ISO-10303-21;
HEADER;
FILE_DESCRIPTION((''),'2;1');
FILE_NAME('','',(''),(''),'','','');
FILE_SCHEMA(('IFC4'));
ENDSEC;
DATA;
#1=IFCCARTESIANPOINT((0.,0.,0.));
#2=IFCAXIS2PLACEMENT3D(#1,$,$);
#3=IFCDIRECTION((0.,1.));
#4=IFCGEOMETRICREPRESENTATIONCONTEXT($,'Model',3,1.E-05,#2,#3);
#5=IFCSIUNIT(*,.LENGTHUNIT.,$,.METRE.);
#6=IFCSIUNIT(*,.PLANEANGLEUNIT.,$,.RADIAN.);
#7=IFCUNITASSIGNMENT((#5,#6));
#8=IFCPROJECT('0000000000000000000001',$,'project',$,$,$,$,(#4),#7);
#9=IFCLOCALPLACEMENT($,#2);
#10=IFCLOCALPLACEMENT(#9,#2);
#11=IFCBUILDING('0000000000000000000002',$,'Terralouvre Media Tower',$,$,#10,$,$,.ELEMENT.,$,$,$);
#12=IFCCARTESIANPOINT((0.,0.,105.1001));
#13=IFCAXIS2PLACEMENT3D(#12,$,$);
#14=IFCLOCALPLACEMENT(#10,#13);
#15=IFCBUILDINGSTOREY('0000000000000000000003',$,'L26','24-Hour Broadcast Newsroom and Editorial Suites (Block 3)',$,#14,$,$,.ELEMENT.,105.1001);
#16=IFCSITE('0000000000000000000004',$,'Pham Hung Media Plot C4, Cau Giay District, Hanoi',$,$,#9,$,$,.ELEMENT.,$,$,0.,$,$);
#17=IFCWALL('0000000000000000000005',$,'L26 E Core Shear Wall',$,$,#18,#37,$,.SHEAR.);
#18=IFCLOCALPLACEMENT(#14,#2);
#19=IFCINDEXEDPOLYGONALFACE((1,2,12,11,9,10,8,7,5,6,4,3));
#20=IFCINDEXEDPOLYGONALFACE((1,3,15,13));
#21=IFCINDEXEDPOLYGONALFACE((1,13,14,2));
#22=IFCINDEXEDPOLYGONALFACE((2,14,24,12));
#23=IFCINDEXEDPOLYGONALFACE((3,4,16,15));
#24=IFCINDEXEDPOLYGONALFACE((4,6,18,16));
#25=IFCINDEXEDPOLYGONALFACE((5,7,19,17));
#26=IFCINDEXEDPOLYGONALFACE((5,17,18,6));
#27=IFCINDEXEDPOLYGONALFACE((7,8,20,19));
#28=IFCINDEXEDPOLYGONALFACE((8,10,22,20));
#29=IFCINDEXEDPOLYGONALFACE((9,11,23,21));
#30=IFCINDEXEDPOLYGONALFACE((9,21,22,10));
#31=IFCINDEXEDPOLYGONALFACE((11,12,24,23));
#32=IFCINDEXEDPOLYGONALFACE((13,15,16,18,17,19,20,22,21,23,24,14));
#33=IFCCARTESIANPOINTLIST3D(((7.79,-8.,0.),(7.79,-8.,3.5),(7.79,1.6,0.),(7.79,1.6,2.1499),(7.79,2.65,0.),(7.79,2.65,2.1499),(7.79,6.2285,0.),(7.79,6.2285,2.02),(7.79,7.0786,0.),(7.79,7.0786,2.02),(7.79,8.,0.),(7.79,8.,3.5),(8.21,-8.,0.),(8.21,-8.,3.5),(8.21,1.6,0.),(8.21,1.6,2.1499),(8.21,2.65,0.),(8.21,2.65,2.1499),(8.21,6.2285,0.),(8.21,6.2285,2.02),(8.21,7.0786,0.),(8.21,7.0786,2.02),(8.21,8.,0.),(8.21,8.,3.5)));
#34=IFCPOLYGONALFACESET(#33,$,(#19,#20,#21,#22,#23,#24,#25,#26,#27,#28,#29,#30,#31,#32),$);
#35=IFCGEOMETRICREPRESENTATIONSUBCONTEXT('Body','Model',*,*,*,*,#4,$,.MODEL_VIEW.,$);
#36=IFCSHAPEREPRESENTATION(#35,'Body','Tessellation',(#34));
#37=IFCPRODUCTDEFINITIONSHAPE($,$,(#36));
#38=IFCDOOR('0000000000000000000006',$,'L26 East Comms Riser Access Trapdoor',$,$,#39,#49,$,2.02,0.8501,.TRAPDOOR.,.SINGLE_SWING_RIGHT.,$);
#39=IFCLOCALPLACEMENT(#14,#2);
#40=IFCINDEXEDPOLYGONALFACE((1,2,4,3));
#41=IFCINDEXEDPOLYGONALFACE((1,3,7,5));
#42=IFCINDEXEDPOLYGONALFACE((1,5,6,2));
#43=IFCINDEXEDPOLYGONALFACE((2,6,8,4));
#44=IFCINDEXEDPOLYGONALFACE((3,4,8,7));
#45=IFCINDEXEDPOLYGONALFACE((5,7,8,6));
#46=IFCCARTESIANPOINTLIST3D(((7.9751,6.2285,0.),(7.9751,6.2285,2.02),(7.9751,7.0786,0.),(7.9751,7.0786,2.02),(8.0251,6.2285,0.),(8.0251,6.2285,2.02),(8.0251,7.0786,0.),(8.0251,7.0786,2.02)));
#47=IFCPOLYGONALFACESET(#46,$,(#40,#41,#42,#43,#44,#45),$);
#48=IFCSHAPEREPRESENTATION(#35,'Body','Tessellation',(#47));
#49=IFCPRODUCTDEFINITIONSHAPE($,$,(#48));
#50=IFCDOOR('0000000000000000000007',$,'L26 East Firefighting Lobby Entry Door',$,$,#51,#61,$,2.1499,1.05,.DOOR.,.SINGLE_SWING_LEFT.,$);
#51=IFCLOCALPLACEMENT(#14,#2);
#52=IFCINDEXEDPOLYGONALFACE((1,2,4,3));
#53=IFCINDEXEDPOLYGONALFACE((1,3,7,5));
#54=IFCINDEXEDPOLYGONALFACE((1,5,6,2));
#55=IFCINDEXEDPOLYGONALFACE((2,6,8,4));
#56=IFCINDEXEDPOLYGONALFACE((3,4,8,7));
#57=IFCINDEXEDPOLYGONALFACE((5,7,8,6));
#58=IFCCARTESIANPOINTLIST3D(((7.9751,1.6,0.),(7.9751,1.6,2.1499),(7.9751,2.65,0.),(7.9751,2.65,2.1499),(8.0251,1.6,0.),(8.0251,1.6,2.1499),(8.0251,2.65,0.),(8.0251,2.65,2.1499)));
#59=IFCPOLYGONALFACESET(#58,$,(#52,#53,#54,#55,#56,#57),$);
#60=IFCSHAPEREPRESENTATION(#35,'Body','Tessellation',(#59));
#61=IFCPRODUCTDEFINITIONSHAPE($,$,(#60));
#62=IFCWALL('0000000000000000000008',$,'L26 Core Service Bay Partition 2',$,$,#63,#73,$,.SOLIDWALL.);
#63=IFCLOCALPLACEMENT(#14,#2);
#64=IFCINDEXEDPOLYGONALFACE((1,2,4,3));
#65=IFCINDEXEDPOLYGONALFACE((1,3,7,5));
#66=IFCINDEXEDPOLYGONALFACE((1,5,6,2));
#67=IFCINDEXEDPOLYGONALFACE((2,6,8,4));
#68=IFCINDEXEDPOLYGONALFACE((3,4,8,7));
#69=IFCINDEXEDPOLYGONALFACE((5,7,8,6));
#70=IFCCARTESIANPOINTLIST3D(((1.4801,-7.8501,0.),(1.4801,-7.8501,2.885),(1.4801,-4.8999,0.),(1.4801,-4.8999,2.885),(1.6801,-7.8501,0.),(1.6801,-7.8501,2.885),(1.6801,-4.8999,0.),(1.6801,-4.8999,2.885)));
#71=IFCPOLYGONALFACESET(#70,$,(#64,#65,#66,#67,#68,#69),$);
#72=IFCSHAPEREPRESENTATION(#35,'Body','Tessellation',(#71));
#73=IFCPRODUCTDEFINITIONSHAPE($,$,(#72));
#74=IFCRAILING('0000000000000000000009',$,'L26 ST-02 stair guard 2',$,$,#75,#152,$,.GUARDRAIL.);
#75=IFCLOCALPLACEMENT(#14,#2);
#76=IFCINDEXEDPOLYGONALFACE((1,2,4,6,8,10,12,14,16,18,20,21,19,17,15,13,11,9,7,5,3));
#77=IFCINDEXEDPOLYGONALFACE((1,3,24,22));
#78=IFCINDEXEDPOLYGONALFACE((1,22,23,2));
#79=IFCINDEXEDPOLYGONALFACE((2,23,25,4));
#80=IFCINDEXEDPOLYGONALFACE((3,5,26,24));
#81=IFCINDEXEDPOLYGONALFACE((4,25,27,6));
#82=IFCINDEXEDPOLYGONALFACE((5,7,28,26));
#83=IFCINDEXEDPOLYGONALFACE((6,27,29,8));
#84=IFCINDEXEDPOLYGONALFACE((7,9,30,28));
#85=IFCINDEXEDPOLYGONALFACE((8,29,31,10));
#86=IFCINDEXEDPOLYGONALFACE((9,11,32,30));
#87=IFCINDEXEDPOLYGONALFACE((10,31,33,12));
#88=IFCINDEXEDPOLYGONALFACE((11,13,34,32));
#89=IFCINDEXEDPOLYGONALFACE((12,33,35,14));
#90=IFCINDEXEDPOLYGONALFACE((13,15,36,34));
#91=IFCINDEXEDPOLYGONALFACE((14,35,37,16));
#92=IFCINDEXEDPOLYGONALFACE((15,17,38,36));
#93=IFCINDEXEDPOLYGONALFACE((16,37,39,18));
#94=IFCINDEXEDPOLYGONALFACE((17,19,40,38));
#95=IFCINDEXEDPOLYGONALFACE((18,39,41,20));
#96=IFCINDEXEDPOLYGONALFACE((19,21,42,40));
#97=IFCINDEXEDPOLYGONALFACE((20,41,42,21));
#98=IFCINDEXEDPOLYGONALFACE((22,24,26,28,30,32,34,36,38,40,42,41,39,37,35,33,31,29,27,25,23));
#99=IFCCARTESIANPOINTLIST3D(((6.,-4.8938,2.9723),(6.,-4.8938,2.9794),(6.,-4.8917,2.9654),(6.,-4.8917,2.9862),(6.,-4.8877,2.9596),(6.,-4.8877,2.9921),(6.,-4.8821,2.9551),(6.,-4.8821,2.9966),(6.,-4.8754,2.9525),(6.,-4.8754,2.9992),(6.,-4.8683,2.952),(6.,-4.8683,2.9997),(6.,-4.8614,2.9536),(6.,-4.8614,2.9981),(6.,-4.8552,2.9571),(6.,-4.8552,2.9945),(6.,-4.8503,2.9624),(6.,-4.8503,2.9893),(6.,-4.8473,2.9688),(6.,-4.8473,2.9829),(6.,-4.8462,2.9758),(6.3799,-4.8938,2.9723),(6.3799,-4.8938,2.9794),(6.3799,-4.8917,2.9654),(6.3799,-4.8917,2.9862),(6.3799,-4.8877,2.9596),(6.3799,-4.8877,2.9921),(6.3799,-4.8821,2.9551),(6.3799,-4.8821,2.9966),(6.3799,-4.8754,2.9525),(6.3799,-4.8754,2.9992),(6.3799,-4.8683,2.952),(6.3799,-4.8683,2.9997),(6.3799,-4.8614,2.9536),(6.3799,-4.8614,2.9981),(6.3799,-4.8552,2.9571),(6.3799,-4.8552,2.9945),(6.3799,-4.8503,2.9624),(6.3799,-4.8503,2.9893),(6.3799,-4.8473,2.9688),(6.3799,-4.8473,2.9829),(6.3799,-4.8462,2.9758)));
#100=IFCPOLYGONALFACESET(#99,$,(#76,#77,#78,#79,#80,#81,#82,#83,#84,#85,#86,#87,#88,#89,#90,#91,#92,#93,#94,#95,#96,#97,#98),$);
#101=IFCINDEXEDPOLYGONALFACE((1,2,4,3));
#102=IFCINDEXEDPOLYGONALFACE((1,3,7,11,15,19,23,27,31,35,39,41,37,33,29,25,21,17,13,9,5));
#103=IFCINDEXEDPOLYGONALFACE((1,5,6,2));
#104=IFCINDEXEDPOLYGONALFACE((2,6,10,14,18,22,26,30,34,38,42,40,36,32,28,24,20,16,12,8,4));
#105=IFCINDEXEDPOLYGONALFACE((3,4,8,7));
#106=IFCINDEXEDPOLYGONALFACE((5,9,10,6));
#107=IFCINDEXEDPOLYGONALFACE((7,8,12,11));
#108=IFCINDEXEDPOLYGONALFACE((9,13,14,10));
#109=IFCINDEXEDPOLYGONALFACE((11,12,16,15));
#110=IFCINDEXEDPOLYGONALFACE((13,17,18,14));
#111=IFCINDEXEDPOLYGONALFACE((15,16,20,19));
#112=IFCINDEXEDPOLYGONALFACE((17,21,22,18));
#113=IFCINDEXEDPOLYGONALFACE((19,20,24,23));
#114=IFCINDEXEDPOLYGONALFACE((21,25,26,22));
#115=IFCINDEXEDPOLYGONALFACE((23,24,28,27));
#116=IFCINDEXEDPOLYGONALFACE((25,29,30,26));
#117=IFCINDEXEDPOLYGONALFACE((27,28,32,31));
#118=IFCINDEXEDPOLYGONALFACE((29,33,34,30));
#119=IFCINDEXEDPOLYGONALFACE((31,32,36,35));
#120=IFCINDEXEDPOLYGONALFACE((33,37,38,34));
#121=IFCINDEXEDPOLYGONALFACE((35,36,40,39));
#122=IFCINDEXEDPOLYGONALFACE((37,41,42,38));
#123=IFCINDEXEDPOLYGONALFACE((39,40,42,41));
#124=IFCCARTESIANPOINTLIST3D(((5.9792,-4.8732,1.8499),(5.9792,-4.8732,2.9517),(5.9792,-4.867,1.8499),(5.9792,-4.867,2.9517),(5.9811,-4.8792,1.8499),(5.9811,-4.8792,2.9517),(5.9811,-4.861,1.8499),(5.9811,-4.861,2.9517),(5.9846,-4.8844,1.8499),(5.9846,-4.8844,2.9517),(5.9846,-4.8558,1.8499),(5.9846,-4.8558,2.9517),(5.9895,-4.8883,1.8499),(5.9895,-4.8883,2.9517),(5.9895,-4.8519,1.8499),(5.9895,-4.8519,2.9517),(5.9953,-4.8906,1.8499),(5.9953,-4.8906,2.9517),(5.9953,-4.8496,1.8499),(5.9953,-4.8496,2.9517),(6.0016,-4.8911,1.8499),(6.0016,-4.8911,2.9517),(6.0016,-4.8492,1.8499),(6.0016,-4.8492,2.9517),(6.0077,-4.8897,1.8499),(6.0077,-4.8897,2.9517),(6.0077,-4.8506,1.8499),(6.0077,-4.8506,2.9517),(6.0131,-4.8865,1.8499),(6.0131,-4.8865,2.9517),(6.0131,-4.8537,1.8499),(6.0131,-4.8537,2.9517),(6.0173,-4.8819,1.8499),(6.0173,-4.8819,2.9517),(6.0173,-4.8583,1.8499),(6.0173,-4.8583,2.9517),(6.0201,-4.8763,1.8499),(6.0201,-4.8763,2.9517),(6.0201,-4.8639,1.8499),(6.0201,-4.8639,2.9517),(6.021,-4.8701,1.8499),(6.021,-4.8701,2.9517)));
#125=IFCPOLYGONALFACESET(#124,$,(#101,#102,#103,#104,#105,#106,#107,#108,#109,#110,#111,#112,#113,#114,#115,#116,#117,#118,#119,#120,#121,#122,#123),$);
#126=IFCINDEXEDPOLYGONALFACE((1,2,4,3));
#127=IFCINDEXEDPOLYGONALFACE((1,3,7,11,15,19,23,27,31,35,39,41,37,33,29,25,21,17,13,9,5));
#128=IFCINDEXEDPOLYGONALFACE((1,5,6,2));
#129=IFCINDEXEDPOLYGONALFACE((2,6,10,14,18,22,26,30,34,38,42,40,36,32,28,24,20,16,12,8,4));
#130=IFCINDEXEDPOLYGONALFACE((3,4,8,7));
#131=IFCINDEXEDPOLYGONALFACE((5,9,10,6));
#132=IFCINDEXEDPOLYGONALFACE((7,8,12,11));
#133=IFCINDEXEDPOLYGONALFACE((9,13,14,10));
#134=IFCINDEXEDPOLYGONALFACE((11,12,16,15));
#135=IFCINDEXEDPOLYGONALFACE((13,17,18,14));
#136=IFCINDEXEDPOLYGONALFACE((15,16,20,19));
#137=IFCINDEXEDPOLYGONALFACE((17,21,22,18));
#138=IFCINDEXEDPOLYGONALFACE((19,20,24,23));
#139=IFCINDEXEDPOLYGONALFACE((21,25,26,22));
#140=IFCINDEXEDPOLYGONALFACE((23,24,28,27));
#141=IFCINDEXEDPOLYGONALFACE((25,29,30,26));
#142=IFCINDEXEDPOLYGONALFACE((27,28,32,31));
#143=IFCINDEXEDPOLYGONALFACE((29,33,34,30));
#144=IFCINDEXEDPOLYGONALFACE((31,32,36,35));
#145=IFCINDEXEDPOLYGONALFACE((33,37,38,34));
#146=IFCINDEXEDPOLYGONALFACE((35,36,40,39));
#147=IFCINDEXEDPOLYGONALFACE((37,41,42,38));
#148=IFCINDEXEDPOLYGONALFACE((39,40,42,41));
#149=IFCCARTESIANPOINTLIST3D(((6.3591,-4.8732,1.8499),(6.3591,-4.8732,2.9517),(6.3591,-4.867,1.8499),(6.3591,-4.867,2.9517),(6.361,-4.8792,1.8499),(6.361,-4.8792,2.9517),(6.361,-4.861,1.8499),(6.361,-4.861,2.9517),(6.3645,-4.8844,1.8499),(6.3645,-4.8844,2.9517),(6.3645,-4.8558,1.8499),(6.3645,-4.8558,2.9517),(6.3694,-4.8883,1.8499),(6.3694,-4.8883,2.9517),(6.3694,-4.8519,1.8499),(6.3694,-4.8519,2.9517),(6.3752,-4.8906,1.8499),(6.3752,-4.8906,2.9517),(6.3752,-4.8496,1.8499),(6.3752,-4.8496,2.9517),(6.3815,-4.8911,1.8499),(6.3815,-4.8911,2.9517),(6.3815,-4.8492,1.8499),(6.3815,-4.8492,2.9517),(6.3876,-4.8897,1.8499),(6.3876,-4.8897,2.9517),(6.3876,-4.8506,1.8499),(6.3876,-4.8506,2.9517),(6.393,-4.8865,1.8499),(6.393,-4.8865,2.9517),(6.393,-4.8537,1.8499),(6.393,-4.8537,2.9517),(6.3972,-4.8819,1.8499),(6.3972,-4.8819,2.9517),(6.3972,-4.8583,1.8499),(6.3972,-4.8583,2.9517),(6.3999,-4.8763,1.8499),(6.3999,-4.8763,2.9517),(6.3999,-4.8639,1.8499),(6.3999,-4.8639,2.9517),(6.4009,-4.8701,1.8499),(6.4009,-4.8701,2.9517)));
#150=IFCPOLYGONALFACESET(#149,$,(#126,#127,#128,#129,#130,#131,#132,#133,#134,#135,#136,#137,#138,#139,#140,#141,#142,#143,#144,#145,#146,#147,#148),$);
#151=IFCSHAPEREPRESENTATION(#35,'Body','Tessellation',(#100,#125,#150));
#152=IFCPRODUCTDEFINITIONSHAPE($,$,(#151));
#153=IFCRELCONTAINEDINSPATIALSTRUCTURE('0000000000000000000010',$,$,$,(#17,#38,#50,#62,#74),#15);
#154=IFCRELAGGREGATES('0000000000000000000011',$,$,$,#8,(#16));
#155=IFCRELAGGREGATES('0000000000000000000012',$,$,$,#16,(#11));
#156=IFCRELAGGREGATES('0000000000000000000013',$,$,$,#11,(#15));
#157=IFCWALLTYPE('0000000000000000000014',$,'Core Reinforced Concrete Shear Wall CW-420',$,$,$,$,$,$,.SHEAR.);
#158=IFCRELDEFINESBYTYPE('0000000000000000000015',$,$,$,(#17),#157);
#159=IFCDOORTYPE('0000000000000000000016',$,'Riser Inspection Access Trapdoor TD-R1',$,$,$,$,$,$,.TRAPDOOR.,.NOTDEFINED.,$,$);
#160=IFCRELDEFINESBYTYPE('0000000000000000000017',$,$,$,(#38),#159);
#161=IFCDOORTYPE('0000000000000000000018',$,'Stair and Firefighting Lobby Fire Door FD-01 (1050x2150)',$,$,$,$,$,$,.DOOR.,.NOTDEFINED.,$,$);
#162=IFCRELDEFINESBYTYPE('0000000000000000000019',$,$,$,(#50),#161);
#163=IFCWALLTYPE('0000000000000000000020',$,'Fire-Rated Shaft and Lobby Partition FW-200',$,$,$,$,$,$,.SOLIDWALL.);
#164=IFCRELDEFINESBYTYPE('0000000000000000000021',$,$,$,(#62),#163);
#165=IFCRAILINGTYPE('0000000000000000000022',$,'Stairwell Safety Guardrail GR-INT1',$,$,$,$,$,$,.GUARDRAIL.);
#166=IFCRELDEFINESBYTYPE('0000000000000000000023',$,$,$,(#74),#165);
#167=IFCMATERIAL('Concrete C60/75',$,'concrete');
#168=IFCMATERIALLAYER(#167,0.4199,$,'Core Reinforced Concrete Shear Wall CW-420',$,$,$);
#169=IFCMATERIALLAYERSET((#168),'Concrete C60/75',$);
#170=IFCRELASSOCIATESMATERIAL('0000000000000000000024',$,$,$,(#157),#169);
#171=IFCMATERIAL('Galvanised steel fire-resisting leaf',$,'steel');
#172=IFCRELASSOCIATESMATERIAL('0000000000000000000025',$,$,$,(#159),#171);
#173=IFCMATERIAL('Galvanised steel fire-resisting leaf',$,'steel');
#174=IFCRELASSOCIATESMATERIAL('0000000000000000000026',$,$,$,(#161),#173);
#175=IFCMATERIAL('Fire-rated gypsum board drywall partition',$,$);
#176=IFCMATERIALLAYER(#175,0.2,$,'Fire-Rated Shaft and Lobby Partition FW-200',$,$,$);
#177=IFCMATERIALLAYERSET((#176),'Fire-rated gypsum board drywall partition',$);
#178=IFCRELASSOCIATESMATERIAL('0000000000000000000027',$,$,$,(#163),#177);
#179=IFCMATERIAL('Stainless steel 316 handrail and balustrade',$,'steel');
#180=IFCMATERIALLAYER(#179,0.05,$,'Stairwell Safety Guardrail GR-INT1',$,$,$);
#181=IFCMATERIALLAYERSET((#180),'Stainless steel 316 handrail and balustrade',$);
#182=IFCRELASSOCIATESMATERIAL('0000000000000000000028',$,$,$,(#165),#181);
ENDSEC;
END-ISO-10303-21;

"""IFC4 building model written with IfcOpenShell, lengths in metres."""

from ifc_helpers import new_model, si_unit, direction, frame, frame_2d, origin, origin_2d, place, context, subcontext, project, spatial, rectangle, circle, extrude, material, layer, layer_set, type_object, element, fill, save


model = new_model("IFC4")

# Units and contexts
model_context = context("Model", 3, precision=1e-05, world=origin(), true_north=direction((0.0, 1.0)))
body_context = subcontext(model_context, "Body", "Model", "MODEL_VIEW")
ifc_project = project(units=[si_unit("LENGTHUNIT", "METRE"), si_unit("PLANEANGLEUNIT", "RADIAN")], contexts=[model_context])

# Site, building, storey
site_placement = place(None, origin())
site = spatial("IfcSite", under=ifc_project, at=site_placement, Name="Pham Hung Media Plot C4, Cau Giay District, Hanoi", CompositionType="ELEMENT", RefElevation=0.0)
building_placement = place(site_placement, origin())
building = spatial("IfcBuilding", under=site, at=building_placement, Name="Terralouvre Media Tower", CompositionType="ELEMENT")
storey_placement = place(building_placement, frame((0.0, 0.0, 105.1001)))
storey = spatial("IfcBuildingStorey", under=building, at=storey_placement, Name="L26", Description="24-Hour Broadcast Newsroom and Editorial Suites (Block 3)", CompositionType="ELEMENT", Elevation=105.1001)

# Wall, openings, doors
ifc_material_1 = material(Name="Concrete C60/75", Category="concrete")
ifc_layer_1 = layer(ifc_material_1, 0.4199, Name="Core Reinforced Concrete Shear Wall CW-420")
ifc_layer_set_1 = layer_set([ifc_layer_1], Name="Concrete C60/75")
wall_type_1 = type_object("IfcWallType", Name="Core Reinforced Concrete Shear Wall CW-420", PredefinedType="SHEAR", material=ifc_layer_set_1)
wall_1_placement = place(storey_placement, frame((8.0, -8.0, 0.0), z_axis=(0.0, 0.0, 1.0), x_axis=(0.0, 1.0, 0.0)))
wall_1 = element("IfcWall", 1, at=wall_1_placement, inside=storey, type_object=wall_type_1, Name="L26 E Core Shear Wall", PredefinedType="SHEAR", context=body_context, shape_type="SweptSolid", body=[
    extrude(rectangle(XDim=16.0, YDim=0.4199, at=frame_2d((8.0, 0.0))), origin(), (0.0, 0.0, 1.0), 3.5),
])
opening_1_placement = place(wall_1_placement, frame((9.6001, 0.0, 0.0)))
opening_1 = element("IfcOpeningElement", 2, at=opening_1_placement, cuts=wall_1, PredefinedType="OPENING", context=body_context, shape_type="SweptSolid", body=[
    extrude(rectangle(XDim=1.05, YDim=2.1499, at=frame_2d((0.5249, 1.075))), frame((0.0, 0.22, 0.0), z_axis=(0.0, -1.0, 0.0), x_axis=(1.0, 0.0, 0.0)), (0.0, 0.0, 1.0), 0.4399),
])
opening_2_placement = place(wall_1_placement, frame((14.2285, 0.0, 0.0)))
opening_2 = element("IfcOpeningElement", 3, at=opening_2_placement, cuts=wall_1, PredefinedType="OPENING", context=body_context, shape_type="SweptSolid", body=[
    extrude(rectangle(XDim=0.8501, YDim=2.02, at=frame_2d((0.425, 1.01))), frame((0.0, 0.22, 0.0), z_axis=(0.0, -1.0, 0.0), x_axis=(1.0, 0.0, 0.0)), (0.0, 0.0, 1.0), 0.4399),
])
ifc_material_2 = material(Name="Galvanised steel fire-resisting leaf", Category="steel")
door_type_1 = type_object("IfcDoorType", Name="Riser Inspection Access Trapdoor TD-R1", OperationType="NOTDEFINED", PredefinedType="TRAPDOOR", material=ifc_material_2)
door_1_placement = place(opening_2_placement, origin())
door_1 = element("IfcDoor", 4, at=door_1_placement, inside=storey, type_object=door_type_1, Name="L26 East Comms Riser Access Trapdoor", OperationType="SINGLE_SWING_RIGHT", OverallHeight=2.02, OverallWidth=0.8501, PredefinedType="TRAPDOOR", context=body_context, shape_type="SweptSolid", body=[
    extrude(rectangle(XDim=0.8501, YDim=2.02, at=frame_2d((0.425, 1.01))), frame((0.0, 0.0249, 0.0), z_axis=(0.0, -1.0, 0.0), x_axis=(1.0, 0.0, 0.0)), (0.0, 0.0, 1.0), 0.05),
])
fill(opening_2, door_1)
ifc_material_3 = material(Name="Galvanised steel fire-resisting leaf", Category="steel")
door_type_2 = type_object("IfcDoorType", Name="Stair and Firefighting Lobby Fire Door FD-01 (1050x2150)", OperationType="NOTDEFINED", PredefinedType="DOOR", material=ifc_material_3)
door_2_placement = place(opening_1_placement, origin())
door_2 = element("IfcDoor", 5, at=door_2_placement, inside=storey, type_object=door_type_2, Name="L26 East Firefighting Lobby Entry Door", OperationType="SINGLE_SWING_LEFT", OverallHeight=2.1499, OverallWidth=1.05, PredefinedType="DOOR", context=body_context, shape_type="SweptSolid", body=[
    extrude(rectangle(XDim=1.05, YDim=2.1499, at=frame_2d((0.5249, 1.075))), frame((0.0, 0.0249, 0.0), z_axis=(0.0, -1.0, 0.0), x_axis=(1.0, 0.0, 0.0)), (0.0, 0.0, 1.0), 0.05),
])
fill(opening_1, door_2)

# Wall
ifc_material_4 = material(Name="Fire-rated gypsum board drywall partition")
ifc_layer_2 = layer(ifc_material_4, 0.2, Name="Fire-Rated Shaft and Lobby Partition FW-200")
ifc_layer_set_2 = layer_set([ifc_layer_2], Name="Fire-rated gypsum board drywall partition")
wall_type_2 = type_object("IfcWallType", Name="Fire-Rated Shaft and Lobby Partition FW-200", PredefinedType="SOLIDWALL", material=ifc_layer_set_2)
wall_2_placement = place(storey_placement, frame((1.5801, -7.8501, 0.0), z_axis=(0.0, 0.0, 1.0), x_axis=(0.0, 1.0, 0.0)))
element("IfcWall", 6, at=wall_2_placement, inside=storey, type_object=wall_type_2, Name="L26 Core Service Bay Partition 2", PredefinedType="SOLIDWALL", context=body_context, shape_type="SweptSolid", body=[
    extrude(rectangle(XDim=2.9502, YDim=0.2, at=frame_2d((1.4751, 0.0))), origin(), (0.0, 0.0, 1.0), 2.885),
])

# Railing
ifc_material_5 = material(Name="Stainless steel 316 handrail and balustrade", Category="steel")
ifc_layer_3 = layer(ifc_material_5, 0.05, Name="Stairwell Safety Guardrail GR-INT1")
ifc_layer_set_3 = layer_set([ifc_layer_3], Name="Stainless steel 316 handrail and balustrade")
railing_type = type_object("IfcRailingType", Name="Stairwell Safety Guardrail GR-INT1", PredefinedType="GUARDRAIL", material=ifc_layer_set_3)
railing_placement = place(storey_placement, frame((6.0, -4.8701, 1.8499)))
element("IfcRailing", 7, at=railing_placement, inside=storey, type_object=railing_type, Name="L26 ST-02 stair guard 2", PredefinedType="GUARDRAIL", context=body_context, shape_type="SweptSolid", body=[
    extrude(circle(Radius=0.0239, at=origin_2d()), frame((0.0, 0.0, 1.126), z_axis=(1.0, 0.0, 0.0), x_axis=(0.0, 1.0, 0.0)), (0.0, 0.0, 1.0), 0.3799),
    extrude(circle(Radius=0.021, at=origin_2d()), origin(), (0.0, 0.0, 1.0), 1.1018),
    extrude(circle(Radius=0.021, at=origin_2d()), frame((0.3799, 0.0, 0.0)), (0.0, 0.0, 1.0), 1.1018),
])

save(model, "model.ifc")
